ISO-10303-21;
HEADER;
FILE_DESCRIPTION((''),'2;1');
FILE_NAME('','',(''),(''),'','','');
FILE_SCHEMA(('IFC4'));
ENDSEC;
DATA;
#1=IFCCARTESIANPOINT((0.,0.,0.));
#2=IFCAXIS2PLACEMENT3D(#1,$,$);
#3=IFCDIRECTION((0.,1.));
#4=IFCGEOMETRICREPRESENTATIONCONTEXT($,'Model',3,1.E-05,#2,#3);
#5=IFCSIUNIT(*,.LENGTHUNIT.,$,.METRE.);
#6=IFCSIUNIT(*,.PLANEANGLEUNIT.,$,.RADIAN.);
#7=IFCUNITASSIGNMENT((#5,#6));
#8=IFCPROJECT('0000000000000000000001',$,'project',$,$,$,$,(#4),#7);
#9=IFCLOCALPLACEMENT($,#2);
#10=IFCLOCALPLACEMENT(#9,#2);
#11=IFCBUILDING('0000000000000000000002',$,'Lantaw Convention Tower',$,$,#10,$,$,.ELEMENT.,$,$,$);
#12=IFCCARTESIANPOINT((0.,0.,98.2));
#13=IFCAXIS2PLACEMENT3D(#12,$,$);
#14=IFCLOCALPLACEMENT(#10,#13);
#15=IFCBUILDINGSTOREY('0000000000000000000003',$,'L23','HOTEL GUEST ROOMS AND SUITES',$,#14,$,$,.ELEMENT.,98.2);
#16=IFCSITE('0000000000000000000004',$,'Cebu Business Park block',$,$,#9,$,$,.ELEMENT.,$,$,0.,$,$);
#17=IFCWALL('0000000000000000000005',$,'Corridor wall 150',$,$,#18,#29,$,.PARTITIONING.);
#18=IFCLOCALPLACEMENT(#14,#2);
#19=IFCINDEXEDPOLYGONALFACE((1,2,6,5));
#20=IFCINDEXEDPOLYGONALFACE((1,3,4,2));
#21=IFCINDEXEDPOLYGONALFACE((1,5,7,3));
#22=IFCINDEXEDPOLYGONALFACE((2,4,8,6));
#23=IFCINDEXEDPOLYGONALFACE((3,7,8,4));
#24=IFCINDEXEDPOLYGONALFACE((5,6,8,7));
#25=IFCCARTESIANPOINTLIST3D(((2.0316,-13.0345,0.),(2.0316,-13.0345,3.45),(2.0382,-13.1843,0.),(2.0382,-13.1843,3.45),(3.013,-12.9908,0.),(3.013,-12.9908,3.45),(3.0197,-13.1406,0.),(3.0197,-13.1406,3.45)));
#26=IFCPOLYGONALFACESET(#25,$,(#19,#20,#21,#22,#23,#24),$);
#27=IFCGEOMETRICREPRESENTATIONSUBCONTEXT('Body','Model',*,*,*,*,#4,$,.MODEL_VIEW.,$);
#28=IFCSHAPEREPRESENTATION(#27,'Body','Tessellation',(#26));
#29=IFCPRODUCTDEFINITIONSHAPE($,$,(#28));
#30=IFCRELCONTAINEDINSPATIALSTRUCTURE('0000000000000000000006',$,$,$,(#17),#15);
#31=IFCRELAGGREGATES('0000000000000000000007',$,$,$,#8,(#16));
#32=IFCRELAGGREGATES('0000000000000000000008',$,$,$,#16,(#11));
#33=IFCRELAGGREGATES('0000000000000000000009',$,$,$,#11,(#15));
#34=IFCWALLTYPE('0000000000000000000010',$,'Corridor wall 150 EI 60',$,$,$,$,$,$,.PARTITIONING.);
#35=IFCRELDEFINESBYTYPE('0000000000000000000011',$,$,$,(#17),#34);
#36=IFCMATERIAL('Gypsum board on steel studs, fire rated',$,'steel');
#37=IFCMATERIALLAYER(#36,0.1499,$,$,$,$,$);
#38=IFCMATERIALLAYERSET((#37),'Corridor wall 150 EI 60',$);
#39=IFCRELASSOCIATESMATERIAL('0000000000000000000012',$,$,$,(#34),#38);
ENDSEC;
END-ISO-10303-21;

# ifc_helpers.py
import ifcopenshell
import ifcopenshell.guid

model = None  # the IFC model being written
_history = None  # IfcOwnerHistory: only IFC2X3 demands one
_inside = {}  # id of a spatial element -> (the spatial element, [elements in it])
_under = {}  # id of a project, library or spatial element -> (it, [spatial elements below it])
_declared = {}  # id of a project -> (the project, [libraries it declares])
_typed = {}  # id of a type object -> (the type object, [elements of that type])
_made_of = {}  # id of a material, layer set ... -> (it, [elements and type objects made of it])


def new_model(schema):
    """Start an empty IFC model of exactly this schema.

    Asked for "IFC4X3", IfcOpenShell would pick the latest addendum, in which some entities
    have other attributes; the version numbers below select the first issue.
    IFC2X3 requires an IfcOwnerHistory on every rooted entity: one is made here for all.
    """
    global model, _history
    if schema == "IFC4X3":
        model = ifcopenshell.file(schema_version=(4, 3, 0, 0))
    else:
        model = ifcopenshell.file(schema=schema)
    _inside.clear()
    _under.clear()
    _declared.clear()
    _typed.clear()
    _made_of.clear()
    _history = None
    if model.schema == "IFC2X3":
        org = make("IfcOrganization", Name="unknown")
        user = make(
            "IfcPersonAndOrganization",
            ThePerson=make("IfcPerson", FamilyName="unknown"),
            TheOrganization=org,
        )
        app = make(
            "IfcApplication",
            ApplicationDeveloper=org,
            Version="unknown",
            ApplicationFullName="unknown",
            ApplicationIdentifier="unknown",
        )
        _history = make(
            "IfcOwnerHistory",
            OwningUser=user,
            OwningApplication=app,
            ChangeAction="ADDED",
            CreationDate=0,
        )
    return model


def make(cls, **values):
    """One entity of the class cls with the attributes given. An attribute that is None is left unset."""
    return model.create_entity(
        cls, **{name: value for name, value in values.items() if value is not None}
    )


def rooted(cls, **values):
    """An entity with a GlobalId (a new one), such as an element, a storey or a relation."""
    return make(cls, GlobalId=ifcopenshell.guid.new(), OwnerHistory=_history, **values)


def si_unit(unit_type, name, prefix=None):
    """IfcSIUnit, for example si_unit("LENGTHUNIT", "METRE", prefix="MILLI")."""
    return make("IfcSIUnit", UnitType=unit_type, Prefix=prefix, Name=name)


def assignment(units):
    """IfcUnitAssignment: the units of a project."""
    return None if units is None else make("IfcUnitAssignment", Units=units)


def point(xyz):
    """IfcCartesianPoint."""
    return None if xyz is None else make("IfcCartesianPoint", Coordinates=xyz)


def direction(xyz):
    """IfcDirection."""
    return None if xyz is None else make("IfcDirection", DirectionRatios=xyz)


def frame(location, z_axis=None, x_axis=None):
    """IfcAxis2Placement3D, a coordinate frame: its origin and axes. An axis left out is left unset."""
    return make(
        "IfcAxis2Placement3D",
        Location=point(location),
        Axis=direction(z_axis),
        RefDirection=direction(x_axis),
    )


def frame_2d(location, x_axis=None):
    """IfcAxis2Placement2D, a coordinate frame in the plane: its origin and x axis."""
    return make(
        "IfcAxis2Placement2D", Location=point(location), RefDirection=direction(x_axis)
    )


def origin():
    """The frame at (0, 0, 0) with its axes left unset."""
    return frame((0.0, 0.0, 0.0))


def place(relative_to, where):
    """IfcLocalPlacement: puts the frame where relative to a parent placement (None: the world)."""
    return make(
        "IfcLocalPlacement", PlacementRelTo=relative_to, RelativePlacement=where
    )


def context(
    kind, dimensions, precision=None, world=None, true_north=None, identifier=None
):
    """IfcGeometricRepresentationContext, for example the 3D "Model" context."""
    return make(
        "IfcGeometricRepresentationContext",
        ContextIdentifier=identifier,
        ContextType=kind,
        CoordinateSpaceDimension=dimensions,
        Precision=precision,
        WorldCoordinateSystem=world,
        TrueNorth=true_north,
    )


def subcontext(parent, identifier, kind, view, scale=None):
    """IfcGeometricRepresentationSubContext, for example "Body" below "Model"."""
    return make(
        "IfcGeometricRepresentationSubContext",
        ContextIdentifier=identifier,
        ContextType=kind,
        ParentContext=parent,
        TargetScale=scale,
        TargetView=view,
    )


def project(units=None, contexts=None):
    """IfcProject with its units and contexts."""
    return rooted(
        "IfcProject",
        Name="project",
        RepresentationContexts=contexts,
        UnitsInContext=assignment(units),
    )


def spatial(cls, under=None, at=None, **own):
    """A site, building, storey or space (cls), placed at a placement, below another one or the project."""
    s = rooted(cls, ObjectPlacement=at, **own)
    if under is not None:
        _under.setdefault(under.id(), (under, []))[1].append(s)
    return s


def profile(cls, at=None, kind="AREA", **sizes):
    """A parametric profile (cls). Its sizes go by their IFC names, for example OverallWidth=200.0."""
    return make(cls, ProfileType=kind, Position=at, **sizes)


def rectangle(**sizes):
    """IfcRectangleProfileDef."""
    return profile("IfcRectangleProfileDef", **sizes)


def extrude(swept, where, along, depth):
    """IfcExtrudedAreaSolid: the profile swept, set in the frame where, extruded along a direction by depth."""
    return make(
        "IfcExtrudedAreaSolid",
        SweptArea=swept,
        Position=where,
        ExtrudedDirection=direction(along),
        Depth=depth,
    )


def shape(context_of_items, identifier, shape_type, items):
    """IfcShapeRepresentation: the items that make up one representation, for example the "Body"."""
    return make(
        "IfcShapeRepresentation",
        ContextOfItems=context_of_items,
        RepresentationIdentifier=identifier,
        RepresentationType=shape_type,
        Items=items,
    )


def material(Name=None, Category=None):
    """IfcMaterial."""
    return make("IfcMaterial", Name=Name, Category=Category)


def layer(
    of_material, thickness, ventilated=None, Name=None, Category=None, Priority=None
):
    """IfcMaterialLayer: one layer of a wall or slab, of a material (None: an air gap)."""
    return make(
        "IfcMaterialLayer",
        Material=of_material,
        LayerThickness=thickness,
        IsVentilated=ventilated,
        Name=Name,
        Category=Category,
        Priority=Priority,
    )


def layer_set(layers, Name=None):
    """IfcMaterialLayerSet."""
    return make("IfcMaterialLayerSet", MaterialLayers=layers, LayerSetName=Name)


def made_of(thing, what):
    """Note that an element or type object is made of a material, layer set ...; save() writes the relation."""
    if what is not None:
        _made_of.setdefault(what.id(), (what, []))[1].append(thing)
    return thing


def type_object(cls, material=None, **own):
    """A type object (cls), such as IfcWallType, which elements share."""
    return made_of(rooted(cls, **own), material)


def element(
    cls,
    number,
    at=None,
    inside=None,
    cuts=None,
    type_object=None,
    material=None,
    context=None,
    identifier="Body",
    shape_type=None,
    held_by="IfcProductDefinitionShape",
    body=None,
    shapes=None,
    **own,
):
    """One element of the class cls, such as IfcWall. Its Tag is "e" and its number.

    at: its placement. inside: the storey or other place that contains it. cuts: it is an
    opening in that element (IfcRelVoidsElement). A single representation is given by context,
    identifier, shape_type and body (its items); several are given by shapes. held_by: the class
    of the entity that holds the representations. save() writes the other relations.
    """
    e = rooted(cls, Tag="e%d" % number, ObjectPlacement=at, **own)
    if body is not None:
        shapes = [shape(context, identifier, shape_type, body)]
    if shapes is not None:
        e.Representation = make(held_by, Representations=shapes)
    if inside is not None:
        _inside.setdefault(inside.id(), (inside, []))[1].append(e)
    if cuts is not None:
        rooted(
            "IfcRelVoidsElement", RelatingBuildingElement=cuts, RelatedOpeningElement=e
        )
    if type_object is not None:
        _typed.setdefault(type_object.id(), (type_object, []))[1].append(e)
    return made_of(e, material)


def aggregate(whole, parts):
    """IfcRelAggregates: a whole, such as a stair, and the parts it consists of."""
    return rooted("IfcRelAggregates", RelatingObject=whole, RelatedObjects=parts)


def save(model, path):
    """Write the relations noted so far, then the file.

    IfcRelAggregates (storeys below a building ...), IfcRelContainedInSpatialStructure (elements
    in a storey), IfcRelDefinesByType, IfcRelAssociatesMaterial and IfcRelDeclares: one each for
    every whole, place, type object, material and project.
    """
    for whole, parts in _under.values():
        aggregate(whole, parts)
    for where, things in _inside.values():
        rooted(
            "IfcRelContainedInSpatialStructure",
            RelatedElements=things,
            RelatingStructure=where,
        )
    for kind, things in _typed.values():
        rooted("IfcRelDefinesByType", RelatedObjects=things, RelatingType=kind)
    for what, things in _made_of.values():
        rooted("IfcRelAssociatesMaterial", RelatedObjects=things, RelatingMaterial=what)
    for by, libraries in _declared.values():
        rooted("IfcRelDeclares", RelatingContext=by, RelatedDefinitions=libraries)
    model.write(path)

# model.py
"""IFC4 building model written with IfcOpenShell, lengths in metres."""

from ifc_helpers import new_model, si_unit, direction, frame, frame_2d, origin, place, context, subcontext, project, spatial, rectangle, extrude, material, layer, layer_set, type_object, element, save


model = new_model("IFC4")

# Units and contexts
model_context = context("Model", 3, precision=1e-05, world=origin(), true_north=direction((0.0, 1.0)))
body_context = subcontext(model_context, "Body", "Model", "MODEL_VIEW")
ifc_project = project(units=[si_unit("LENGTHUNIT", "METRE"), si_unit("PLANEANGLEUNIT", "RADIAN")], contexts=[model_context])

# Site, building, storey
site_placement = place(None, origin())
site = spatial("IfcSite", under=ifc_project, at=site_placement, Name="Cebu Business Park block", CompositionType="ELEMENT", RefElevation=0.0)
building_placement = place(site_placement, origin())
building = spatial("IfcBuilding", under=site, at=building_placement, Name="Lantaw Convention Tower", CompositionType="ELEMENT")
storey_placement = place(building_placement, frame((0.0, 0.0, 98.2)))
storey = spatial("IfcBuildingStorey", under=building, at=storey_placement, Name="L23", Description="HOTEL GUEST ROOMS AND SUITES", CompositionType="ELEMENT", Elevation=98.2)

# Shared definitions
ifc_material_1 = material(Name="Gypsum board on steel studs, fire rated", Category="steel")
ifc_layer_1 = layer(ifc_material_1, 0.1499)
ifc_layer_set_1 = layer_set([ifc_layer_1], Name="Corridor wall 150 EI 60")
wall_type_1 = type_object("IfcWallType", Name="Corridor wall 150 EI 60", PredefinedType="PARTITIONING", material=ifc_layer_set_1)

# Wall
wall_1_placement = place(storey_placement, frame((2.0349, -13.1094, 0.0), z_axis=(0.0, 0.0, 1.0), x_axis=(0.99901, 0.044483, 0.0)))
element("IfcWall", 1, at=wall_1_placement, inside=storey, type_object=wall_type_1, Name="Corridor wall 150", PredefinedType="PARTITIONING", context=body_context, shape_type="SweptSolid", body=[
    extrude(rectangle(XDim=0.9824, YDim=0.1499, at=frame_2d((0.4912, 0.0))), origin(), (0.0, 0.0, 1.0), 3.45),
])

save(model, "model.ifc")
